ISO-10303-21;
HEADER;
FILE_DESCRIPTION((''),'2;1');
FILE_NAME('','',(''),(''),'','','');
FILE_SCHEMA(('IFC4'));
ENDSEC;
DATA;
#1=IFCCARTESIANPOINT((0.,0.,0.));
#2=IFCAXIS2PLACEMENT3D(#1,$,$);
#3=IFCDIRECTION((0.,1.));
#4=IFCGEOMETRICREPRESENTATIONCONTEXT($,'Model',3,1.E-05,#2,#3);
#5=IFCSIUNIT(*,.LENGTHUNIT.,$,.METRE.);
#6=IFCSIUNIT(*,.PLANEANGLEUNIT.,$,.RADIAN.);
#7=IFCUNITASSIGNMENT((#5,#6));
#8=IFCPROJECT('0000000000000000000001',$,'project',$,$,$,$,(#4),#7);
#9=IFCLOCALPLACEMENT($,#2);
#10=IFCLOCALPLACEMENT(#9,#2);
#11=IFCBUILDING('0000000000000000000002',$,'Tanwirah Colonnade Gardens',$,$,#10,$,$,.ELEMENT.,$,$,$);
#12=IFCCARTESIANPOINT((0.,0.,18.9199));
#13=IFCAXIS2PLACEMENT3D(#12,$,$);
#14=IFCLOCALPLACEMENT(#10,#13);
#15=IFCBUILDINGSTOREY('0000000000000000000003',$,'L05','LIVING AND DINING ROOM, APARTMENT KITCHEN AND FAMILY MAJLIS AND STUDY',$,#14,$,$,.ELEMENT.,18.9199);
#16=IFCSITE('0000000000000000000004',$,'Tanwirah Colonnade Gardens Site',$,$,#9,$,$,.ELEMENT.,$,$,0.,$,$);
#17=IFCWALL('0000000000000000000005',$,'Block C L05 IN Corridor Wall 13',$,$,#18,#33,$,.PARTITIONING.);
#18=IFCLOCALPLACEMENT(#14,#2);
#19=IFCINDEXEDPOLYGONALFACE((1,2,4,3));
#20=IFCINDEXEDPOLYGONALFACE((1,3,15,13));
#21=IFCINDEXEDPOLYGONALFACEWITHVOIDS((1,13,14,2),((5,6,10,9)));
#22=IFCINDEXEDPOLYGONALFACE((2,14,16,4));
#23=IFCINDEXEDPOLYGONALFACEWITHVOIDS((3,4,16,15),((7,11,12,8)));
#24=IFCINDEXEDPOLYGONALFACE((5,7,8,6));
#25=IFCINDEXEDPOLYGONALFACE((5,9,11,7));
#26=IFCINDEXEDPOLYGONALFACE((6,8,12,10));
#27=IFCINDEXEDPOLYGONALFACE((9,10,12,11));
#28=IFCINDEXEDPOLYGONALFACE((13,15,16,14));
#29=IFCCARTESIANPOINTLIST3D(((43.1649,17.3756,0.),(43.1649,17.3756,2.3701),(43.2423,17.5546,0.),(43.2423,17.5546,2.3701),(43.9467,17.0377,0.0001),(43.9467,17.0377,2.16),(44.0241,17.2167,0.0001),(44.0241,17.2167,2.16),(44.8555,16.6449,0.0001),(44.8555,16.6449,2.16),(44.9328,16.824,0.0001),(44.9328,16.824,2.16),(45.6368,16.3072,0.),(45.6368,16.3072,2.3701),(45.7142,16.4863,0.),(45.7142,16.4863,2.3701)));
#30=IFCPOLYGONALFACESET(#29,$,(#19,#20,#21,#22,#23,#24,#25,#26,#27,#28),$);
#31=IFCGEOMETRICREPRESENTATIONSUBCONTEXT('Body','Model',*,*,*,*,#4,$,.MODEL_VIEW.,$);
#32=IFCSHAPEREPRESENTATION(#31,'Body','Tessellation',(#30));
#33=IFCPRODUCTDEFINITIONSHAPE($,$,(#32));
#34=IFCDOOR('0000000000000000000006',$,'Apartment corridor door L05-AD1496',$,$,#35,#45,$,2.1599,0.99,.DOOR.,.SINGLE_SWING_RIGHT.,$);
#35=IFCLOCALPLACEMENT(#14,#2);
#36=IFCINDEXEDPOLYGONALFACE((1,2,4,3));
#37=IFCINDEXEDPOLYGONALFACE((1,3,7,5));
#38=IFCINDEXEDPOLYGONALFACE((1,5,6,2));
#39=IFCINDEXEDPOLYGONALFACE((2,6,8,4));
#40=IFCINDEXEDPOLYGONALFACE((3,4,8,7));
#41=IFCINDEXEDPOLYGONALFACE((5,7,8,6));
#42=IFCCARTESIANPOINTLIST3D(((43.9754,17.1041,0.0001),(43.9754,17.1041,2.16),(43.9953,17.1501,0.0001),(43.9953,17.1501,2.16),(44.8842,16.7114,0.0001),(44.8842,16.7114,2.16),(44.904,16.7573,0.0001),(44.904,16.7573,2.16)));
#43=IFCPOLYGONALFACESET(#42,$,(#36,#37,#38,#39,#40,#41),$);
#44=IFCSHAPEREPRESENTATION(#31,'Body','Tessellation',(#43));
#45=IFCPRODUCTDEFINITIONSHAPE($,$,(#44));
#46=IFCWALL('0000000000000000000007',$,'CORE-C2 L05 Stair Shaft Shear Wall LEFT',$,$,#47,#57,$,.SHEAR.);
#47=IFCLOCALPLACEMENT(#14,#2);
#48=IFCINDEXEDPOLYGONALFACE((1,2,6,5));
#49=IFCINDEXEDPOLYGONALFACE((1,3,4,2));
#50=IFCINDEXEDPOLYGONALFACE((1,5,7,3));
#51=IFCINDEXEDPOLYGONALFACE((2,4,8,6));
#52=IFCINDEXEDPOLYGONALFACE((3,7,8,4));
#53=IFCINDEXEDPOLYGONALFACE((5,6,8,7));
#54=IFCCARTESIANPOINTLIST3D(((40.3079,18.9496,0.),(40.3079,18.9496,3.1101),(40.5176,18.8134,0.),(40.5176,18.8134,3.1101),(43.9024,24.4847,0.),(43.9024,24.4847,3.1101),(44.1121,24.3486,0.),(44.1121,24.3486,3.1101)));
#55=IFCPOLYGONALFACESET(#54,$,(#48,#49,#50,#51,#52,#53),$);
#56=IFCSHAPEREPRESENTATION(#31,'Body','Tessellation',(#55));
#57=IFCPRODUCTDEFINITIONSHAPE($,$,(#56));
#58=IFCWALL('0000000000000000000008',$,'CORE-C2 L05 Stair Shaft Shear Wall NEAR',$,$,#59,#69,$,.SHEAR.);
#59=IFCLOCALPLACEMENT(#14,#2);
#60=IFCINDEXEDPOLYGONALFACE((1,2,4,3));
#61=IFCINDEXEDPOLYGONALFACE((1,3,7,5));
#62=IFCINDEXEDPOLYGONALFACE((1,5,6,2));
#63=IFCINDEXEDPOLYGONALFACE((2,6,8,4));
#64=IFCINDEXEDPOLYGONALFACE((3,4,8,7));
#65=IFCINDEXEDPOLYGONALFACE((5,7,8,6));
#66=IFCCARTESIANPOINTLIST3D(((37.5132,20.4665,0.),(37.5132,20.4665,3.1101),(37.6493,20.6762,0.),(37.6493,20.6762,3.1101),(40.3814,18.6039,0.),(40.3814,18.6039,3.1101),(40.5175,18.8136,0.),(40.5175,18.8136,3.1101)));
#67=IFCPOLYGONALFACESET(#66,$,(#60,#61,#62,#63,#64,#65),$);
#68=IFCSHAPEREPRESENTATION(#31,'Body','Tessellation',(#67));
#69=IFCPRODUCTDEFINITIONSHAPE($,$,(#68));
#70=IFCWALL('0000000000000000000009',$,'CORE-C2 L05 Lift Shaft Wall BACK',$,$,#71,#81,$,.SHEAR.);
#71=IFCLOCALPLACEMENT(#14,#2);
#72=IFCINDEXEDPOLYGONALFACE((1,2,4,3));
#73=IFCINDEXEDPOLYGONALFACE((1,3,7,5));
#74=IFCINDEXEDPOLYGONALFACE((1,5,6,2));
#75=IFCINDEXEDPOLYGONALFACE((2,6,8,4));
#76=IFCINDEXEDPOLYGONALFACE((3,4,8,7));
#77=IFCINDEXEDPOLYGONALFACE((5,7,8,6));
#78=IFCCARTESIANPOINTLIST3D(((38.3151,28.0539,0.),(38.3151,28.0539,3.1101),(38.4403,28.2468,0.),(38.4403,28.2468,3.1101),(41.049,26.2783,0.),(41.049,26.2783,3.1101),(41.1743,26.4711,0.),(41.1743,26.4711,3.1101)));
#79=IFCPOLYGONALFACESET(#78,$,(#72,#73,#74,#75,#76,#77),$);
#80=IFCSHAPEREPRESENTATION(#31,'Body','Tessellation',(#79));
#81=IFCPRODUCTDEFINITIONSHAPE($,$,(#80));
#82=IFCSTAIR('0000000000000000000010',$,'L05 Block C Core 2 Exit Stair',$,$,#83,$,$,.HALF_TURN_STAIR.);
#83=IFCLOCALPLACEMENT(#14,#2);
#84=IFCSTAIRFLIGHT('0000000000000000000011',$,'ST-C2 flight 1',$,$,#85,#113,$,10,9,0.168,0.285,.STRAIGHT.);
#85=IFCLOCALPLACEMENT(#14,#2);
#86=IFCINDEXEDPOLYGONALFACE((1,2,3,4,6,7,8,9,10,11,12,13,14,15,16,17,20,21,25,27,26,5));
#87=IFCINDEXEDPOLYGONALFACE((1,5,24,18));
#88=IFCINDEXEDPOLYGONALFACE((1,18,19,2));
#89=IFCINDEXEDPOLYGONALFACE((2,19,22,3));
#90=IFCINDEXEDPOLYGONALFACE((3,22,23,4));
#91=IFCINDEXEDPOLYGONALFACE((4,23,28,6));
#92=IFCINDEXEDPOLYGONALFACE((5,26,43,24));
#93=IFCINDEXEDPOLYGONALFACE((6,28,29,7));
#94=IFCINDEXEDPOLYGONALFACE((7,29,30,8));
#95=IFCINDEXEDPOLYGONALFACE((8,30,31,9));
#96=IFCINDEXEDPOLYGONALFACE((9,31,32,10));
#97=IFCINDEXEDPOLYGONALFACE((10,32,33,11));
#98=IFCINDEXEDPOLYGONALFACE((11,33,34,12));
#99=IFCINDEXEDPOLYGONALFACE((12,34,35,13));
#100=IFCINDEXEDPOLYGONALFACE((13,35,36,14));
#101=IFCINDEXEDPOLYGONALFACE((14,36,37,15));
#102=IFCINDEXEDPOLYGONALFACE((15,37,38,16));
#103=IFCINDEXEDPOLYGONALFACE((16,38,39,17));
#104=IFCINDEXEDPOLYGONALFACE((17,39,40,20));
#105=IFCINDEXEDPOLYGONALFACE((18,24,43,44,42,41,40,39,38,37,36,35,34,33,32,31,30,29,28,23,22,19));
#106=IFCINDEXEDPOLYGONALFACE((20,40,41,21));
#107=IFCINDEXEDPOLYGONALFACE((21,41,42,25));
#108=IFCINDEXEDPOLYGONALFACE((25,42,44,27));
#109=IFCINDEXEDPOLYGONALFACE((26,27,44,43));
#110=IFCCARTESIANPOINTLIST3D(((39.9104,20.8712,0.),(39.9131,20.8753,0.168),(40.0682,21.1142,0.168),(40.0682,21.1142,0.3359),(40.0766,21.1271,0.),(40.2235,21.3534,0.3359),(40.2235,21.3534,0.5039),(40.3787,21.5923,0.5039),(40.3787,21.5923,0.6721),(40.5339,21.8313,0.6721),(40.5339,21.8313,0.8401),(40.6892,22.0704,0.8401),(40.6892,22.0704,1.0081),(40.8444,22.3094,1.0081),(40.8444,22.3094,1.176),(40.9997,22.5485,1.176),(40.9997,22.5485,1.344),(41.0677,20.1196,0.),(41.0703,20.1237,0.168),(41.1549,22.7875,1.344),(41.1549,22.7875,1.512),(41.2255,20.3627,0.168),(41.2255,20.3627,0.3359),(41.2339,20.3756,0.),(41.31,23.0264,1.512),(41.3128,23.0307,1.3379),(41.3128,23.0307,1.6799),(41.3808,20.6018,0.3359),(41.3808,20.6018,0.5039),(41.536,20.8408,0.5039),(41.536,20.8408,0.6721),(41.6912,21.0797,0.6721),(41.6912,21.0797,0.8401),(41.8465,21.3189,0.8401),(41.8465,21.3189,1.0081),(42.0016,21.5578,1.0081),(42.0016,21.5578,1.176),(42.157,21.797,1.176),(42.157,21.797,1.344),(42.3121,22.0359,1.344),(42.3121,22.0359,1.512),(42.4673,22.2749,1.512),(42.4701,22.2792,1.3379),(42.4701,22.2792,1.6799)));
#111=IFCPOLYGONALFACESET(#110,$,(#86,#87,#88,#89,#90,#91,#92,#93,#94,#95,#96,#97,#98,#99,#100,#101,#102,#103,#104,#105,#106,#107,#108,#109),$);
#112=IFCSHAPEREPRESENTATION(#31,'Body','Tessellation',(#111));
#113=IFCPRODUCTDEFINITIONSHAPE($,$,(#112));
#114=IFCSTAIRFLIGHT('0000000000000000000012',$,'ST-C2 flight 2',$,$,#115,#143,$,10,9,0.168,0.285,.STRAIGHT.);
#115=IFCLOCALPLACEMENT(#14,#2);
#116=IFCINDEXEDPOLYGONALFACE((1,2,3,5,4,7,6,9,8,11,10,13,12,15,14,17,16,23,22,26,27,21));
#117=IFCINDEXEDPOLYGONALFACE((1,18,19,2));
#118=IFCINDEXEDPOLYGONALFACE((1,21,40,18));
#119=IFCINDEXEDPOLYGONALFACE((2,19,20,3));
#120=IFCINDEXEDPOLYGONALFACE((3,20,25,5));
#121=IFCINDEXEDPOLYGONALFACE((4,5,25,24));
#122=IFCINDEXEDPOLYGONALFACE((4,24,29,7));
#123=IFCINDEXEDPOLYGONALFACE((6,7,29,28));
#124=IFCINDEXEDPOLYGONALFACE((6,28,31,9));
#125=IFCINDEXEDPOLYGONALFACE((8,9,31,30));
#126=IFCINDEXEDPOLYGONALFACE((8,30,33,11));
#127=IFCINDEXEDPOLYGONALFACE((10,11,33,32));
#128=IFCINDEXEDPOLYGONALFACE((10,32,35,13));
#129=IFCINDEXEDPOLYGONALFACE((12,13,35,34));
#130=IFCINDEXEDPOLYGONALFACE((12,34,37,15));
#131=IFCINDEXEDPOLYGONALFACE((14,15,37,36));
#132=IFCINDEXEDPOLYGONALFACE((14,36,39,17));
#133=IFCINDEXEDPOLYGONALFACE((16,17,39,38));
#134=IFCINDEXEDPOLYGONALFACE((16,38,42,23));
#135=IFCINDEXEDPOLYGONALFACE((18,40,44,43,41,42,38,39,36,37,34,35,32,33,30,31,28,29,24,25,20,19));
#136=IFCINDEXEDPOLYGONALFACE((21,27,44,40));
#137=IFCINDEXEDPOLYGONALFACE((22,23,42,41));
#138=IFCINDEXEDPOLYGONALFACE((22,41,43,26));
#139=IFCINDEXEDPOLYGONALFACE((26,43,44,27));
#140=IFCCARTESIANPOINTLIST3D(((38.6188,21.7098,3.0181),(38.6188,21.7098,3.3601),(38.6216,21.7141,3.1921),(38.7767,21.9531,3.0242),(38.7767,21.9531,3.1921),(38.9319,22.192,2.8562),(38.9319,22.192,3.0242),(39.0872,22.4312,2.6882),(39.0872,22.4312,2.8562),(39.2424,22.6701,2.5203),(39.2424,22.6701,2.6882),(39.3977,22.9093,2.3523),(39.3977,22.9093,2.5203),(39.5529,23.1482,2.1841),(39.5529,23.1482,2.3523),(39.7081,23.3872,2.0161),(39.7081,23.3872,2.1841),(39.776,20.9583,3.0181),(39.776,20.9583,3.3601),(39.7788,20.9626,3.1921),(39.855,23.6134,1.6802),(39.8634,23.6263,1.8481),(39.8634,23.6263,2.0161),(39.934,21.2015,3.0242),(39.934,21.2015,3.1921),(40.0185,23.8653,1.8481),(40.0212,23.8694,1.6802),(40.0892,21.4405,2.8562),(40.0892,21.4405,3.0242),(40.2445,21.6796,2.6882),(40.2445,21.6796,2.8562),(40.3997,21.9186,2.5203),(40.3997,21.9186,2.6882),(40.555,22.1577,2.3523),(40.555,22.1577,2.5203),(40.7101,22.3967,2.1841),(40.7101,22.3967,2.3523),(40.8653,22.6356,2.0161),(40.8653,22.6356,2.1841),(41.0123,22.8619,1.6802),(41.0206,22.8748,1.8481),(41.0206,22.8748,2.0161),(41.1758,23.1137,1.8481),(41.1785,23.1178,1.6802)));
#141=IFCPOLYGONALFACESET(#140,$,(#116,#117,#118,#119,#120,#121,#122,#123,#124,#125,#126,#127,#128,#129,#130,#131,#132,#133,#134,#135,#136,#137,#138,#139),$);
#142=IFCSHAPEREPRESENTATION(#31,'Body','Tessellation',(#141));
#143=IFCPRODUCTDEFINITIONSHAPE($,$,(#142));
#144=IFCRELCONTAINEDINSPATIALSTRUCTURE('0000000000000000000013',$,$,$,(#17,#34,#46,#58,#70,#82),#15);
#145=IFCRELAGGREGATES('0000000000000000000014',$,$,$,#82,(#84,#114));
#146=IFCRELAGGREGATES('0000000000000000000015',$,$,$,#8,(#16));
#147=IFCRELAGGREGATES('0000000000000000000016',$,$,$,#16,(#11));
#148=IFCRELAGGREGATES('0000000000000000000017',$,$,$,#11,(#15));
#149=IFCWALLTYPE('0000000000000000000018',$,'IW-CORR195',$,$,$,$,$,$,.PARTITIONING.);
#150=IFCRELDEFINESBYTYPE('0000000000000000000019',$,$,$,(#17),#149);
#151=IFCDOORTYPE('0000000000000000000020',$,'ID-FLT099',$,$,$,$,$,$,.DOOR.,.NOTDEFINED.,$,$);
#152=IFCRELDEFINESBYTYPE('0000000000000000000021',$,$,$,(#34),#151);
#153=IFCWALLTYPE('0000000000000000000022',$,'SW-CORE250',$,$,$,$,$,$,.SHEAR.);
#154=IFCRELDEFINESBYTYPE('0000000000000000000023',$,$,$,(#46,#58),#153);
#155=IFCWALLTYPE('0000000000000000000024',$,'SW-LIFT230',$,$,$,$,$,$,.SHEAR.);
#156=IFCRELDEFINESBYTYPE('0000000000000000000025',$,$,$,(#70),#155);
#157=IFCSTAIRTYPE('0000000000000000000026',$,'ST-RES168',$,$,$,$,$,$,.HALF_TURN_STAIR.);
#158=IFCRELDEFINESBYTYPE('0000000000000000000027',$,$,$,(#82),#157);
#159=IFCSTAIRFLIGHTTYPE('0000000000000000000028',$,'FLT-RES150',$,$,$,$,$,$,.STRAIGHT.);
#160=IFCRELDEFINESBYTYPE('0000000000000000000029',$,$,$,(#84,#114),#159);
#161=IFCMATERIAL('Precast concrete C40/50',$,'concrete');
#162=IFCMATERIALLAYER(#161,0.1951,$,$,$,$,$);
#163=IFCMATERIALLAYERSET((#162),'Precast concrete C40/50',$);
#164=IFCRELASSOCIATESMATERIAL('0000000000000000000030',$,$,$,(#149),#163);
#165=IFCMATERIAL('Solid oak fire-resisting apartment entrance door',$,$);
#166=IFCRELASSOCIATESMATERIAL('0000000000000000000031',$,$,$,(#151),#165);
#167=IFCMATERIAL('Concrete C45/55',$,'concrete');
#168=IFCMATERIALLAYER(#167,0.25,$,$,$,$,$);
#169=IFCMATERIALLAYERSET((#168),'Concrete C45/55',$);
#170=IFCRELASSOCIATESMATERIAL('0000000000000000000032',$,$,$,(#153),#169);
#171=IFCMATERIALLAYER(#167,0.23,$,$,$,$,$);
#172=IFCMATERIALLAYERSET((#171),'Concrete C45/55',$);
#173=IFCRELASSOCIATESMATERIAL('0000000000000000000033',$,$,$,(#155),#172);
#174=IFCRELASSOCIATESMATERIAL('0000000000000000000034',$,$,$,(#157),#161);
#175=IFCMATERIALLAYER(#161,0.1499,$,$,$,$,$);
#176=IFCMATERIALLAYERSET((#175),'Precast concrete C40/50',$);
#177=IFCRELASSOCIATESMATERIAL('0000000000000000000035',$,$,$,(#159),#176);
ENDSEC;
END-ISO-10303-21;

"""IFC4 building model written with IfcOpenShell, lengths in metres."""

from ifc_helpers import new_model, si_unit, direction, frame, frame_2d, origin, place, context, subcontext, project, spatial, polyline, rectangle, outline, extrude, material, layer, layer_set, type_object, element, fill, aggregate, save


model = new_model("IFC4")

# Units and contexts
model_context = context("Model", 3, precision=1e-05, world=origin(), true_north=direction((0.0, 1.0)))
body_context = subcontext(model_context, "Body", "Model", "MODEL_VIEW")
ifc_project = project(units=[si_unit("LENGTHUNIT", "METRE"), si_unit("PLANEANGLEUNIT", "RADIAN")], contexts=[model_context])

# Site, building, storey
site_placement = place(None, origin())
site = spatial("IfcSite", under=ifc_project, at=site_placement, Name="Tanwirah Colonnade Gardens Site", CompositionType="ELEMENT", RefElevation=0.0)
building_placement = place(site_placement, origin())
building = spatial("IfcBuilding", under=site, at=building_placement, Name="Tanwirah Colonnade Gardens", CompositionType="ELEMENT")
storey_placement = place(building_placement, frame((0.0, 0.0, 18.9199)))
storey = spatial("IfcBuildingStorey", under=building, at=storey_placement, Name="L05", Description="LIVING AND DINING ROOM, APARTMENT KITCHEN AND FAMILY MAJLIS AND STUDY", CompositionType="ELEMENT", Elevation=18.9199)

# Shared definitions
ifc_material_1 = material(Name="Precast concrete C40/50", Category="concrete")

# Wall, opening, door
ifc_layer_1 = layer(ifc_material_1, 0.1951)
ifc_layer_set_1 = layer_set([ifc_layer_1], Name="Precast concrete C40/50")
wall_type_1 = type_object("IfcWallType", Name="IW-CORR195", PredefinedType="PARTITIONING", material=ifc_layer_set_1)
ifc_material_2 = material(Name="Solid oak fire-resisting apartment entrance door")
door_type = type_object("IfcDoorType", Name="ID-FLT099", OperationType="NOTDEFINED", PredefinedType="DOOR", material=ifc_material_2)
wall_1_placement = place(storey_placement, frame((43.2036, 17.4651, 0.0), z_axis=(0.0, 0.0, 1.0), x_axis=(0.917936, -0.396729, 0.0)))
wall_1 = element("IfcWall", 1, at=wall_1_placement, inside=storey, type_object=wall_type_1, Name="Block C L05 IN Corridor Wall 13", PredefinedType="PARTITIONING", context=body_context, shape_type="SweptSolid", body=[
    extrude(rectangle(XDim=2.6929, YDim=0.1951, at=frame_2d((1.3464, 0.0))), origin(), (0.0, 0.0, 1.0), 2.3701),
])
opening_1_placement = place(wall_1_placement, frame((0.8516, 0.0, 0.0)))
opening_1 = element("IfcOpeningElement", 2, at=opening_1_placement, cuts=wall_1, PredefinedType="OPENING", context=body_context, shape_type="SweptSolid", body=[
    extrude(rectangle(XDim=0.99, YDim=2.1599, at=frame_2d((0.4951, 1.0801))), frame((0.0, 0.1074, 0.0), z_axis=(0.0, -1.0, 0.0), x_axis=(1.0, 0.0, 0.0)), (0.0, 0.0, 1.0), 0.2151),
])
door_1_placement = place(opening_1_placement, origin())
door_1 = element("IfcDoor", 3, at=door_1_placement, inside=storey, type_object=door_type, Name="Apartment corridor door L05-AD1496", OperationType="SINGLE_SWING_RIGHT", OverallHeight=2.1599, OverallWidth=0.99, PredefinedType="DOOR", context=body_context, shape_type="SweptSolid", body=[
    extrude(rectangle(XDim=0.99, YDim=2.1599, at=frame_2d((0.4951, 1.0801))), frame((0.0, 0.0249, 0.0), z_axis=(0.0, -1.0, 0.0), x_axis=(1.0, 0.0, 0.0)), (0.0, 0.0, 1.0), 0.05),
])
fill(opening_1, door_1)

# Walls
ifc_material_3 = material(Name="Concrete C45/55", Category="concrete")
ifc_layer_2 = layer(ifc_material_3, 0.25)
ifc_layer_set_2 = layer_set([ifc_layer_2], Name="Concrete C45/55")
wall_type_2 = type_object("IfcWallType", Name="SW-CORE250", PredefinedType="SHEAR", material=ifc_layer_set_2)
wall_2_placement = place(storey_placement, frame((40.4128, 18.8816, 0.0), z_axis=(0.0, 0.0, 1.0), x_axis=(0.544629, 0.838677, 0.0)))
element("IfcWall", 4, at=wall_2_placement, inside=storey, type_object=wall_type_2, Name="CORE-C2 L05 Stair Shaft Shear Wall LEFT", PredefinedType="SHEAR", context=body_context, shape_type="SweptSolid", body=[
    extrude(rectangle(XDim=6.5999, YDim=0.25, at=frame_2d((3.2998, 0.0))), origin(), (0.0, 0.0, 1.0), 3.1101),
])
wall_3_placement = place(storey_placement, frame((40.4495, 18.7087, 0.0), z_axis=(0.0, 0.0, 1.0), x_axis=(-0.838678, 0.544627, 0.0)))
element("IfcWall", 5, at=wall_3_placement, inside=storey, type_object=wall_type_2, Name="CORE-C2 L05 Stair Shaft Shear Wall NEAR", PredefinedType="SHEAR", context=body_context, shape_type="SweptSolid", body=[
    extrude(rectangle(XDim=3.4199, YDim=0.25, at=frame_2d((1.71, 0.0))), origin(), (0.0, 0.0, 1.0), 3.1101),
])
ifc_layer_3 = layer(ifc_material_3, 0.23)
ifc_layer_set_3 = layer_set([ifc_layer_3], Name="Concrete C45/55")
wall_type_3 = type_object("IfcWallType", Name="SW-LIFT230", PredefinedType="SHEAR", material=ifc_layer_set_3)
wall_4_placement = place(storey_placement, frame((41.1116, 26.3748, 0.0), z_axis=(0.0, 0.0, 1.0), x_axis=(-0.838639, 0.544688, 0.0)))
element("IfcWall", 6, at=wall_4_placement, inside=storey, type_object=wall_type_3, Name="CORE-C2 L05 Lift Shaft Wall BACK", PredefinedType="SHEAR", context=body_context, shape_type="SweptSolid", body=[
    extrude(rectangle(XDim=3.26, YDim=0.23, at=frame_2d((1.6299, 0.0))), origin(), (0.0, 0.0, 1.0), 3.1101),
])

# Stair, stair flights
stair_type = type_object("IfcStairType", Name="ST-RES168", PredefinedType="HALF_TURN_STAIR", material=ifc_material_1)
stair_placement = place(storey_placement, origin())
stair = element("IfcStair", 7, at=stair_placement, inside=storey, type_object=stair_type, Name="L05 Block C Core 2 Exit Stair", PredefinedType="HALF_TURN_STAIR")
ifc_layer_4 = layer(ifc_material_1, 0.1499)
ifc_layer_set_4 = layer_set([ifc_layer_4], Name="Precast concrete C40/50")
stair_flight_type = type_object("IfcStairFlightType", Name="FLT-RES150", PredefinedType="STRAIGHT", material=ifc_layer_set_4)
stair_flight_1_placement = place(storey_placement, frame((40.4917, 20.4995, 0.0), z_axis=(0.0, 0.0, 1.0), x_axis=(0.544639, 0.838671, 0.0)))
stair_flight_1 = element("IfcStairFlight", 8, at=stair_flight_1_placement, type_object=stair_flight_type, Name="ST-C2 flight 1", NumberOfRisers=10, NumberOfTreads=9, PredefinedType="STRAIGHT", RiserHeight=0.168, TreadLength=0.285, context=body_context, shape_type="SweptSolid", body=[
    extrude(outline(polyline([(-0.0049, 0.0), (0.0, 0.168), (0.2849, 0.168), (0.2849, 0.3359), (0.5701, 0.3359), (0.5701, 0.5039), (0.855, 0.5039), (0.855, 0.6721), (1.1399, 0.6721), (1.1399, 0.8401), (1.425, 0.8401), (1.425, 1.0081), (1.71, 1.0081), (1.71, 1.176), (1.9951, 1.176), (1.9951, 1.344), (2.28, 1.344), (2.28, 1.512), (2.5649, 1.512), (2.5701, 1.6799), (2.5701, 1.3379), (0.3003, 0.0), (-0.0049, 0.0)])), frame((0.0, 0.6899, 0.0), z_axis=(0.0, -1.0, 0.0), x_axis=(1.0, 0.0, 0.0)), (0.0, 0.0, 1.0), 1.3799),
])
stair_flight_2_placement = place(storey_placement, frame((40.5972, 23.4895, 1.6802), z_axis=(0.0, 0.0, 1.0), x_axis=(-0.544639, -0.838671, 0.0)))
stair_flight_2 = element("IfcStairFlight", 9, at=stair_flight_2_placement, type_object=stair_flight_type, Name="ST-C2 flight 2", NumberOfRisers=10, NumberOfTreads=9, PredefinedType="STRAIGHT", RiserHeight=0.168, TreadLength=0.285, context=body_context, shape_type="SweptSolid", body=[
    extrude(outline(polyline([(-0.0049, 0.0), (0.0, 0.168), (0.2849, 0.168), (0.2849, 0.3359), (0.5701, 0.3359), (0.5701, 0.5039), (0.855, 0.5039), (0.855, 0.6721), (1.1399, 0.6721), (1.1399, 0.8401), (1.425, 0.8401), (1.425, 1.0081), (1.71, 1.0081), (1.71, 1.176), (1.9951, 1.176), (1.9951, 1.344), (2.28, 1.344), (2.28, 1.512), (2.5649, 1.512), (2.5701, 1.6799), (2.5701, 1.3379), (0.3003, 0.0), (-0.0049, 0.0)])), frame((0.0, 0.6899, 0.0), z_axis=(0.0, -1.0, 0.0), x_axis=(1.0, 0.0, 0.0)), (0.0, 0.0, 1.0), 1.3799),
])
aggregate(stair, [stair_flight_1, stair_flight_2])

save(model, "model.ifc")
